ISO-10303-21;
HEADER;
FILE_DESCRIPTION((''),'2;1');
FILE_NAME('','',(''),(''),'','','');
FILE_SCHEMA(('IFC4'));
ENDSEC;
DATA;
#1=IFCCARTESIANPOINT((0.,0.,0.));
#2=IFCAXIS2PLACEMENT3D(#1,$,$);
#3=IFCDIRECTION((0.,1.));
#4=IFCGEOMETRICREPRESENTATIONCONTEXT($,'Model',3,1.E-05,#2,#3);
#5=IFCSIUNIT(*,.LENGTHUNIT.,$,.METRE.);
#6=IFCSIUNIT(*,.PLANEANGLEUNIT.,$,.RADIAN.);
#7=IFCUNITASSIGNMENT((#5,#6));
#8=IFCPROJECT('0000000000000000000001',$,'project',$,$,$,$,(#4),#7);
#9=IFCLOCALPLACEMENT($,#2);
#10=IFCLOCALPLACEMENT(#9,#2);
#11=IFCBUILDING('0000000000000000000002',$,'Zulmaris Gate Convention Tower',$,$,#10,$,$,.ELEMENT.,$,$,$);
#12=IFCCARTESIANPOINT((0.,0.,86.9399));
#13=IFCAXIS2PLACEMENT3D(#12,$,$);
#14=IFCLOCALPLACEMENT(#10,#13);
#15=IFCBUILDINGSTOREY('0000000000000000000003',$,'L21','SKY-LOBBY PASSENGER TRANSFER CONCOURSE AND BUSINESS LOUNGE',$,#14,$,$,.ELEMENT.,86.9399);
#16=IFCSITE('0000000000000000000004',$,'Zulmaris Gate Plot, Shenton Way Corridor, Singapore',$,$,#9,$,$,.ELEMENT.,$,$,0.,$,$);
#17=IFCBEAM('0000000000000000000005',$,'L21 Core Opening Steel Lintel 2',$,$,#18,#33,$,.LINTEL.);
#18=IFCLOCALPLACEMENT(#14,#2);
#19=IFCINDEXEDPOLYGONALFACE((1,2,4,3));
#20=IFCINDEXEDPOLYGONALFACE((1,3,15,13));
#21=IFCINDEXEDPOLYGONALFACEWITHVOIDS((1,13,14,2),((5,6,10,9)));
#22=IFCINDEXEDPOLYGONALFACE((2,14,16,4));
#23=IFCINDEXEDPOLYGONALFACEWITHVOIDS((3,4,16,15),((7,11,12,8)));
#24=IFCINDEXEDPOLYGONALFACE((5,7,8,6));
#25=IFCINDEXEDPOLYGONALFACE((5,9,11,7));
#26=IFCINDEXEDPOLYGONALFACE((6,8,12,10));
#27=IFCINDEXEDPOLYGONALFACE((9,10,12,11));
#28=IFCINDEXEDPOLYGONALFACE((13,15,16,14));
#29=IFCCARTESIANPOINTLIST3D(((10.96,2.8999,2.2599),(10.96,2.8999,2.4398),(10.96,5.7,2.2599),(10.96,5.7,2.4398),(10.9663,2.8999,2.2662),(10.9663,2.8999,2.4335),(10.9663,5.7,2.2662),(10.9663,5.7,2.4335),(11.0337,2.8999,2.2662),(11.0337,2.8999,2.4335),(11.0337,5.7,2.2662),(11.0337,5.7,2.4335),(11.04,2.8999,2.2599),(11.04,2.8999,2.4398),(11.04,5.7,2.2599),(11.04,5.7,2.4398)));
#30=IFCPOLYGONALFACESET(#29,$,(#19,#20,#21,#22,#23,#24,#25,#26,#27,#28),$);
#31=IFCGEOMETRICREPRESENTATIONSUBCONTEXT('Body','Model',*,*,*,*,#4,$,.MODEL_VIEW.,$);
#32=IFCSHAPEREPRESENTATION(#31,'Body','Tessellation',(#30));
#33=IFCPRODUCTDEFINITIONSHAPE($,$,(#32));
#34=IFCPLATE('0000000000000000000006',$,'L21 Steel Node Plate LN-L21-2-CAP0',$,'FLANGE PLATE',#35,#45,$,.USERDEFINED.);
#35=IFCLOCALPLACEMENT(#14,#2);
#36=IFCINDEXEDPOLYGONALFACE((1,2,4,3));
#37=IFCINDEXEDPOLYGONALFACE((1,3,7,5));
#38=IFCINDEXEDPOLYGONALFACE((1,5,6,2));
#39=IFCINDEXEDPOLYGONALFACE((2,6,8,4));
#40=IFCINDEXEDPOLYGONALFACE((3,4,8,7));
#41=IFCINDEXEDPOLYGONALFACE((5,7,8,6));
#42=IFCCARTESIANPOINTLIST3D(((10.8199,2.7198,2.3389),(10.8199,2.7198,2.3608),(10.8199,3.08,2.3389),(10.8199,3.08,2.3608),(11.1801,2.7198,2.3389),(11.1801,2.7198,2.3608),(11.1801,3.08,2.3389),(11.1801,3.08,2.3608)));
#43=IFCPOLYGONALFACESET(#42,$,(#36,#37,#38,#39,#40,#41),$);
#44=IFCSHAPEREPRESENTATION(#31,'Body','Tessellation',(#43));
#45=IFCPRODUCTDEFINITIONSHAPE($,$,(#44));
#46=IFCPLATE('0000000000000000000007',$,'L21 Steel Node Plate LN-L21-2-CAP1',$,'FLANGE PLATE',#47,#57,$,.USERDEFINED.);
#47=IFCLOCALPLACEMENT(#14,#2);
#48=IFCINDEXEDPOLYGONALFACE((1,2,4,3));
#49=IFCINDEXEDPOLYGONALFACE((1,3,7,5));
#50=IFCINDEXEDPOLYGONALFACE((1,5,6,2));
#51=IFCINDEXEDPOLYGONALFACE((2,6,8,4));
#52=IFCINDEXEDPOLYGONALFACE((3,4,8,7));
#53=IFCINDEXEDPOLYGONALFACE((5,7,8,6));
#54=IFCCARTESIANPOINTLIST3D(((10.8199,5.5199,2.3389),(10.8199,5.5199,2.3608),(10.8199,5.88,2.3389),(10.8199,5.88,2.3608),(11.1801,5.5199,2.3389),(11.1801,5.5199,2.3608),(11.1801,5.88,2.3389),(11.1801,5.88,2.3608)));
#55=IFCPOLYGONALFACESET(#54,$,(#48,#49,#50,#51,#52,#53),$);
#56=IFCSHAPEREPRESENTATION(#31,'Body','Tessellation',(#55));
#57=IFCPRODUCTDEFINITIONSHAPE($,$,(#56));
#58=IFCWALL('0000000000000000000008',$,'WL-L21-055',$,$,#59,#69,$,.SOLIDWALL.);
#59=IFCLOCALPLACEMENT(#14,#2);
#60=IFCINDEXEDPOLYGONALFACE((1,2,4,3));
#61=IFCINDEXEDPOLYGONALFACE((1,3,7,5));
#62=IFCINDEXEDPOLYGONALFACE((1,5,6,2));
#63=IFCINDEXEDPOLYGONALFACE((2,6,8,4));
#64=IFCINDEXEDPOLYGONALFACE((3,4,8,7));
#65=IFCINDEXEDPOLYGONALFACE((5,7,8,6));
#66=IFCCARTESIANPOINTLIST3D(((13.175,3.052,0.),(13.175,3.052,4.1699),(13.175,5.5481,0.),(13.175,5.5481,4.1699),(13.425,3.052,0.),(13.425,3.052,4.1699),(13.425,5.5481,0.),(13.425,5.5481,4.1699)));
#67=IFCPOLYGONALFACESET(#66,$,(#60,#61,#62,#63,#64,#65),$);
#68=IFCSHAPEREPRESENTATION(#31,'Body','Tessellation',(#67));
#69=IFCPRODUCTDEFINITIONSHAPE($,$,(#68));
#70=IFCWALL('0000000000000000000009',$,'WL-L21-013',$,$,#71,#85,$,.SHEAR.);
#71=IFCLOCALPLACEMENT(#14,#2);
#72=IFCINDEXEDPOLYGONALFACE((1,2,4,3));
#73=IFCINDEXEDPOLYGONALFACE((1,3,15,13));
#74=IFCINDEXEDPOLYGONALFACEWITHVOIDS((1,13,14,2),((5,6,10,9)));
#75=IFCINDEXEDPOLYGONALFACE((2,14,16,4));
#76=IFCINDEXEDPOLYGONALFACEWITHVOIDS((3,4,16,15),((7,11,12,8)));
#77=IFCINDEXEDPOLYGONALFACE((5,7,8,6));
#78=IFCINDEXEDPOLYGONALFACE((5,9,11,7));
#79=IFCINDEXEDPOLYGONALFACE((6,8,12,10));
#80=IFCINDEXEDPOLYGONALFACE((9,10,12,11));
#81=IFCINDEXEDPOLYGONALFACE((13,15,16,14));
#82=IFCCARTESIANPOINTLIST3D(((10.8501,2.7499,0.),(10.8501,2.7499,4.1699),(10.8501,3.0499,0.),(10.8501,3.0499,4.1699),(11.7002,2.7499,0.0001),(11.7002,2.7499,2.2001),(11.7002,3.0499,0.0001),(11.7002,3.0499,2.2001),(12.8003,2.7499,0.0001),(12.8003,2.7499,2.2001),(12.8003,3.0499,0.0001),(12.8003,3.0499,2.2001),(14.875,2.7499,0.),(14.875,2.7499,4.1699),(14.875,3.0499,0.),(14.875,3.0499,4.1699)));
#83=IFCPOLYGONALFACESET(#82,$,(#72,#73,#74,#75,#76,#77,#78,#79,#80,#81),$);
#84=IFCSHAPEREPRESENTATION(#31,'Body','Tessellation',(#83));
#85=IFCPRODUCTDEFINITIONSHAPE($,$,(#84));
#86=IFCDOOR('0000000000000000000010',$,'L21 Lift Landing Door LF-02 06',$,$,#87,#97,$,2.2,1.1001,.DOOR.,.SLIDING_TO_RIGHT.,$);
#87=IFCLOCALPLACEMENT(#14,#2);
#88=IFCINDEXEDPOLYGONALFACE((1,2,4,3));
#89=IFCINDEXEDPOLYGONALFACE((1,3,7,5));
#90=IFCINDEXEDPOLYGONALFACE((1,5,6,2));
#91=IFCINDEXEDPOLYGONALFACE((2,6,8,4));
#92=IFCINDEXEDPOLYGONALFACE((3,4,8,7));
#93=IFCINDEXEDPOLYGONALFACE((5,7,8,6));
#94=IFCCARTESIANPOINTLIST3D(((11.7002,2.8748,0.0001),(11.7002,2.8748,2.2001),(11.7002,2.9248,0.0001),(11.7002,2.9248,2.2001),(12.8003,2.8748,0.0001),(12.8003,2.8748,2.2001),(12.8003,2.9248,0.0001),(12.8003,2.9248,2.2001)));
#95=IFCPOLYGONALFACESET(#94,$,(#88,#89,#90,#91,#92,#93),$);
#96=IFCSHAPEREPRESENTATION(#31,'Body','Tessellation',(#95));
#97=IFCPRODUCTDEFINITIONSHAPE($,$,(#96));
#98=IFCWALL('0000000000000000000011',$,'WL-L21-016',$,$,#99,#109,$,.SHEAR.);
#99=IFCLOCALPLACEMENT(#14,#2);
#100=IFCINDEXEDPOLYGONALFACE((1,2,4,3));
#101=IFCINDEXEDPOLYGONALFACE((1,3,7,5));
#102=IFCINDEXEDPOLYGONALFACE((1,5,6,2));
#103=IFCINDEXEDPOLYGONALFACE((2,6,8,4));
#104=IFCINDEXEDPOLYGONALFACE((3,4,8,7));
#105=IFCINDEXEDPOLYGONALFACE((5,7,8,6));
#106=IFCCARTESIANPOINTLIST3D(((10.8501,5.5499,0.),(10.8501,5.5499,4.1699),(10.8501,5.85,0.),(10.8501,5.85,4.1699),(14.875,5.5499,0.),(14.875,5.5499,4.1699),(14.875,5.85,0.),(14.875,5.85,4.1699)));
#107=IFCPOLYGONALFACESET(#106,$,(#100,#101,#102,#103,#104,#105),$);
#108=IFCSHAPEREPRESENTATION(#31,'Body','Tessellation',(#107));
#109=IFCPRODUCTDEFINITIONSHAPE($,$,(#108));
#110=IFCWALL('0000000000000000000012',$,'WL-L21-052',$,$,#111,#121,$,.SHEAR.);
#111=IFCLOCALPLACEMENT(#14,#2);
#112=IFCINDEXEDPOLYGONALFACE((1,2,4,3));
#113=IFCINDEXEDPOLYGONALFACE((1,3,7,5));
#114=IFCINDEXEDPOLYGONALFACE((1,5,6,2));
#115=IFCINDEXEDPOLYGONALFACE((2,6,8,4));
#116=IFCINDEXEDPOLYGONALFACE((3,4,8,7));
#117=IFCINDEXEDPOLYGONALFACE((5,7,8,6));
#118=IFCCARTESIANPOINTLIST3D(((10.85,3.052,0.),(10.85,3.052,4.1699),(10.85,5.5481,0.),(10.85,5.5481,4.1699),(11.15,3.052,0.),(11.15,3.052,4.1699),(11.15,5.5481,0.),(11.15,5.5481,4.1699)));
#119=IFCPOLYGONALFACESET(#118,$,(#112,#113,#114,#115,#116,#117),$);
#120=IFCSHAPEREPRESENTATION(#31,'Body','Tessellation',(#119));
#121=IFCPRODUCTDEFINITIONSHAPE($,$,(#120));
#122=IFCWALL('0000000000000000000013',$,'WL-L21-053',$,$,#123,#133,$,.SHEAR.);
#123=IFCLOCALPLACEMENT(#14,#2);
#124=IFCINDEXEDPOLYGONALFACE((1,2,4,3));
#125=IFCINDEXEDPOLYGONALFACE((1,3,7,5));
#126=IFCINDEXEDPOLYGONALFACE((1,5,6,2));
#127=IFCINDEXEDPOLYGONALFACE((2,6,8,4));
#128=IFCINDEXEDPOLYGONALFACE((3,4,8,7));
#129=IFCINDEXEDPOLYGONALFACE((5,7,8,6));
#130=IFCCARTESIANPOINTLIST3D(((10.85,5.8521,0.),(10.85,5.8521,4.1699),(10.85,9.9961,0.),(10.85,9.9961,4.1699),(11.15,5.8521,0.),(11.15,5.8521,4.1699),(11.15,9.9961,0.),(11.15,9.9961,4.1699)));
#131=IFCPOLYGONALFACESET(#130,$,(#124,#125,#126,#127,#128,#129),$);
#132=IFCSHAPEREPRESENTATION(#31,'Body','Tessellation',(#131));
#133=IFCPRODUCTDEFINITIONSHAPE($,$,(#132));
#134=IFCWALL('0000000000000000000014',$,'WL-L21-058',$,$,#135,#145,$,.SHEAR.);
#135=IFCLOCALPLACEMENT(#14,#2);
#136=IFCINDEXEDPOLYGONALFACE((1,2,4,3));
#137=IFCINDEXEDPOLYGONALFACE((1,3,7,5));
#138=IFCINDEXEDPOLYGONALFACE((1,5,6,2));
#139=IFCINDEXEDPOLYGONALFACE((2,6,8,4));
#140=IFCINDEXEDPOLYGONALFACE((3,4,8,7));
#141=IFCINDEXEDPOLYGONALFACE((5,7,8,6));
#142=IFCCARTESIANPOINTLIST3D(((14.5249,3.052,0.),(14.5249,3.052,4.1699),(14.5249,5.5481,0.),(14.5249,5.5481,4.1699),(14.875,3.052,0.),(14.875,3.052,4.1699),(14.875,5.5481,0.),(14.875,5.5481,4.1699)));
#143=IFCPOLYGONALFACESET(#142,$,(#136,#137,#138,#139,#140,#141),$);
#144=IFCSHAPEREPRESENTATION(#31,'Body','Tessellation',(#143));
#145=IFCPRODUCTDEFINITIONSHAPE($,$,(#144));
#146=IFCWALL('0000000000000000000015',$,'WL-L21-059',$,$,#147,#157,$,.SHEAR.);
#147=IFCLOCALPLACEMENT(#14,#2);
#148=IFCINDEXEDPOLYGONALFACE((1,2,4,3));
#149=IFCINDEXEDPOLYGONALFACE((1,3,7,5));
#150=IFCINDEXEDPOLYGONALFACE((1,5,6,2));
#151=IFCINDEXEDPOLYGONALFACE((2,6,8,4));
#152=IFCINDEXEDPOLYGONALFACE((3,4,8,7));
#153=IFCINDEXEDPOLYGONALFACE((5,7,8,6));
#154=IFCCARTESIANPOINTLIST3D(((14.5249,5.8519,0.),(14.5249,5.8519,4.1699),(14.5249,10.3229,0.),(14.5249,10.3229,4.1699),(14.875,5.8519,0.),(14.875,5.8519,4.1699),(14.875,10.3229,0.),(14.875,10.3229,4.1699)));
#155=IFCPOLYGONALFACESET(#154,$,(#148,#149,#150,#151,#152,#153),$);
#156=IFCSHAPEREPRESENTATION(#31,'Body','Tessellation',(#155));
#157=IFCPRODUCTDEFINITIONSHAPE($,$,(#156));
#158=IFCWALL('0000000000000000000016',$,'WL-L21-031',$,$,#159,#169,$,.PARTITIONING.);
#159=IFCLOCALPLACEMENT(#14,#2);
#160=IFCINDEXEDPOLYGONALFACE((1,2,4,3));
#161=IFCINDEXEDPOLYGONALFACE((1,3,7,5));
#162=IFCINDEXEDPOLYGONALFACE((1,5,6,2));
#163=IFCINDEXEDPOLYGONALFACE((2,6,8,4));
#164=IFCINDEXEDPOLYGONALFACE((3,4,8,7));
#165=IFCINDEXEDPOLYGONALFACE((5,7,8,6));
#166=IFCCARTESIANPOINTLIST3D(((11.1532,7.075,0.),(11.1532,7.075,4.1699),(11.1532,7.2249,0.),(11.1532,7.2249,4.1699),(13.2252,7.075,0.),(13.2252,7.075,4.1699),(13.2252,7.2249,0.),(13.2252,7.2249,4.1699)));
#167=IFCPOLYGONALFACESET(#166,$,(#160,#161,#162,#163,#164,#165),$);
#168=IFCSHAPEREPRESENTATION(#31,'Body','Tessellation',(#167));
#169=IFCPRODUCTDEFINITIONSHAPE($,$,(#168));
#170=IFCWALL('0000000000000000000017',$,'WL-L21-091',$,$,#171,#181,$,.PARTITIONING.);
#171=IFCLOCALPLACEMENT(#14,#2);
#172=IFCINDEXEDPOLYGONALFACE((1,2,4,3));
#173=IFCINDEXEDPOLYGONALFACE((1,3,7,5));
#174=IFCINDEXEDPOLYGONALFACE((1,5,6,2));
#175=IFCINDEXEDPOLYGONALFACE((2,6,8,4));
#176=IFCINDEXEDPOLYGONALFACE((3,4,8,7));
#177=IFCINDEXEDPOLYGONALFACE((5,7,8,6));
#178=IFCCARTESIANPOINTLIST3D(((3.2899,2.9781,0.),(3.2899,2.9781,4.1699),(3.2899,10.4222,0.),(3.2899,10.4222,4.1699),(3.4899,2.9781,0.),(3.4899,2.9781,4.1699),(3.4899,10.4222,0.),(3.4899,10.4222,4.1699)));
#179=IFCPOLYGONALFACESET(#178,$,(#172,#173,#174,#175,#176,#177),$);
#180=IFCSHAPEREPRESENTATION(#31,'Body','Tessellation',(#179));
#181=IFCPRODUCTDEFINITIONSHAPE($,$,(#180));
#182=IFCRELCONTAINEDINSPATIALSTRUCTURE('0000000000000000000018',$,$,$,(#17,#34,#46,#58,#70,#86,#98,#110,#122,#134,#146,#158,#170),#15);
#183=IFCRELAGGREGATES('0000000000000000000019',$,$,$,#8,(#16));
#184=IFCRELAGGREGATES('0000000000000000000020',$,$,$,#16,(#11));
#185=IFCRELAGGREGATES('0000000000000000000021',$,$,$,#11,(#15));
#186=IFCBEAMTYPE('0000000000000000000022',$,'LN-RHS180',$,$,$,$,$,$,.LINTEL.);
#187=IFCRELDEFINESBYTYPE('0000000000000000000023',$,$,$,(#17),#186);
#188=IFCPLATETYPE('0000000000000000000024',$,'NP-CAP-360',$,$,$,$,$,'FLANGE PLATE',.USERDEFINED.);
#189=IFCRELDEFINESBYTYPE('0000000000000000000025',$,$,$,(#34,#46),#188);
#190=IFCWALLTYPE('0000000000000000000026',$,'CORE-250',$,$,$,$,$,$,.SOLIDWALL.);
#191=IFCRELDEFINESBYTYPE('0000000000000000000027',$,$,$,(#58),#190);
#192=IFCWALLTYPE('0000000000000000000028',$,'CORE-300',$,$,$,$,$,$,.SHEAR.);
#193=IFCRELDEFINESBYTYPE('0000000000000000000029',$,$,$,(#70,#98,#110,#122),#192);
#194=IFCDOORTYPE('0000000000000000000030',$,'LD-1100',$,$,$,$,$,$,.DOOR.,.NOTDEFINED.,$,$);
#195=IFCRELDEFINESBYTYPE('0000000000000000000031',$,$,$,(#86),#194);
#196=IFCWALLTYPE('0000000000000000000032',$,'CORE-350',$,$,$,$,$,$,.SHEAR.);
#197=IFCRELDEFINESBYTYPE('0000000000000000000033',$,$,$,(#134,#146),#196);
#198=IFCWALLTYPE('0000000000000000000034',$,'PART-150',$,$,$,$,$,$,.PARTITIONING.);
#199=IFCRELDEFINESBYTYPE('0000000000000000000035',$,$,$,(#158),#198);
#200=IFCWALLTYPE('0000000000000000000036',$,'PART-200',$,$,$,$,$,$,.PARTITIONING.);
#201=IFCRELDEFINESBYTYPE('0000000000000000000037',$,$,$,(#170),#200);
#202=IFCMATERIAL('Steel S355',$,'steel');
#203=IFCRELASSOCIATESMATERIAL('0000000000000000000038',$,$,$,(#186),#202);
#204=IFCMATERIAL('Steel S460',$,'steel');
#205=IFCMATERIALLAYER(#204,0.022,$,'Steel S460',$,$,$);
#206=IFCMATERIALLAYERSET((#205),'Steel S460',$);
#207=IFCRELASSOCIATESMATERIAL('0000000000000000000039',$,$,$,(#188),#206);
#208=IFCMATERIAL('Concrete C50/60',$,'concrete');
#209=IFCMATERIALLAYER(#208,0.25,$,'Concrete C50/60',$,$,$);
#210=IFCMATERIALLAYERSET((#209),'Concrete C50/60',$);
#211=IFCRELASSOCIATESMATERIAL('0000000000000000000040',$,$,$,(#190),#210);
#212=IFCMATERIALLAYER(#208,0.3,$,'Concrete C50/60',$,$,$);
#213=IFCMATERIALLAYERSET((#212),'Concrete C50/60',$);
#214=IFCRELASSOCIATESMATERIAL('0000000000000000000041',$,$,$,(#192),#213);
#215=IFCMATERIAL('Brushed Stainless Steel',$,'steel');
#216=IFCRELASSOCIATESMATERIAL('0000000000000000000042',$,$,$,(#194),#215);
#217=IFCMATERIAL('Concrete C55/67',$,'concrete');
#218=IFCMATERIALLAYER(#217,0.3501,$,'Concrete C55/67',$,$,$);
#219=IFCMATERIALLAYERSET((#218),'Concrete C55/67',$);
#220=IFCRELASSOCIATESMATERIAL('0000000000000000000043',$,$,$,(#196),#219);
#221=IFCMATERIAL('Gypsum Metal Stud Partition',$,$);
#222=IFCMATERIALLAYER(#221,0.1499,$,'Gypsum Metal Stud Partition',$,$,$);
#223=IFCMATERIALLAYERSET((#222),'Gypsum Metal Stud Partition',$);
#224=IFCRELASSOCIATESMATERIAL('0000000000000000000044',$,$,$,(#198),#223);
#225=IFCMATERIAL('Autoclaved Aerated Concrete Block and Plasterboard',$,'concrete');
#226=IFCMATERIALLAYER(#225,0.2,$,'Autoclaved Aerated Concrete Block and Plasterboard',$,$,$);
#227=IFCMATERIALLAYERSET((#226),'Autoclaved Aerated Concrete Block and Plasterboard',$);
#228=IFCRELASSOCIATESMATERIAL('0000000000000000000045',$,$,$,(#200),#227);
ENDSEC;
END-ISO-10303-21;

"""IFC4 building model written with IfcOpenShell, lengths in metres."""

from ifc_helpers import new_model, si_unit, direction, frame, frame_2d, origin, origin_2d, place, context, subcontext, project, spatial, rectangle, hollow_rectangle, extrude, material, layer, layer_set, material_profile, profile_set, type_object, element, fill, save


model = new_model("IFC4")

# Units and contexts
model_context = context("Model", 3, precision=1e-05, world=origin(), true_north=direction((0.0, 1.0)))
body_context = subcontext(model_context, "Body", "Model", "MODEL_VIEW")
ifc_project = project(units=[si_unit("LENGTHUNIT", "METRE"), si_unit("PLANEANGLEUNIT", "RADIAN")], contexts=[model_context])

# Site, building, storey
site_placement = place(None, origin())
site = spatial("IfcSite", under=ifc_project, at=site_placement, Name="Zulmaris Gate Plot, Shenton Way Corridor, Singapore", CompositionType="ELEMENT", RefElevation=0.0)
building_placement = place(site_placement, origin())
building = spatial("IfcBuilding", under=site, at=building_placement, Name="Zulmaris Gate Convention Tower", CompositionType="ELEMENT")
storey_placement = place(building_placement, frame((0.0, 0.0, 86.9399)))
storey = spatial("IfcBuildingStorey", under=building, at=storey_placement, Name="L21", Description="SKY-LOBBY PASSENGER TRANSFER CONCOURSE AND BUSINESS LOUNGE", CompositionType="ELEMENT", Elevation=86.9399)

# Beam
ifc_material_1 = material(Name="Steel S355", Category="steel")
ifc_material_profile = material_profile(ifc_material_1, hollow_rectangle(XDim=0.0801, YDim=0.1799, WallThickness=0.0063, at=origin_2d()), Name="RHS 180x80x6.3")
ifc_profile_set = profile_set([ifc_material_profile], Name="Steel S355")
beam_type = type_object("IfcBeamType", Name="LN-RHS180", PredefinedType="LINTEL", material=ifc_profile_set)
beam_placement = place(storey_placement, frame((11.0, 2.8999, 2.3499), z_axis=(0.0, 1.0, 0.0), x_axis=(-1.0, 0.0, 0.0)))
element("IfcBeam", 1, at=beam_placement, inside=storey, type_object=beam_type, Name="L21 Core Opening Steel Lintel 2", PredefinedType="LINTEL", context=body_context, shape_type="SweptSolid", body=[
    extrude(hollow_rectangle(XDim=0.0801, YDim=0.1799, WallThickness=0.0063, at=origin_2d()), origin(), (0.0, 0.0, 1.0), 2.8),
])

# Plates
ifc_material_2 = material(Name="Steel S460", Category="steel")
ifc_layer_1 = layer(ifc_material_2, 0.022, Name="Steel S460")
ifc_layer_set_1 = layer_set([ifc_layer_1], Name="Steel S460")
plate_type = type_object("IfcPlateType", Name="NP-CAP-360", ElementType="FLANGE PLATE", PredefinedType="USERDEFINED", material=ifc_layer_set_1)
for number, where, z_axis, x_axis, name in (
    (2, (11.0, 2.8999, 2.3389), (0.0, 0.0, 1.0), (1.0, 0.0, 0.0), "L21 Steel Node Plate LN-L21-2-CAP0"),
    (3, (11.0, 5.7, 2.3389), (0.0, 0.0, 1.0), (1.0, 0.0, 0.0), "L21 Steel Node Plate LN-L21-2-CAP1"),
):
    element("IfcPlate", number, at=place(storey_placement, frame(where, z_axis=z_axis, x_axis=x_axis)), inside=storey, type_object=plate_type, Name=name, ObjectType="FLANGE PLATE", PredefinedType="USERDEFINED", context=body_context, shape_type="SweptSolid", body=[
        extrude(rectangle(XDim=0.3601, YDim=0.3601, at=origin_2d()), origin(), (0.0, 0.0, 1.0), 0.022),
    ])

# Wall
ifc_material_3 = material(Name="Concrete C50/60", Category="concrete")
ifc_layer_2 = layer(ifc_material_3, 0.25, Name="Concrete C50/60")
ifc_layer_set_2 = layer_set([ifc_layer_2], Name="Concrete C50/60")
wall_type_1 = type_object("IfcWallType", Name="CORE-250", PredefinedType="SOLIDWALL", material=ifc_layer_set_2)
wall_1_placement = place(storey_placement, frame((13.3, 3.052, 0.0), z_axis=(0.0, 0.0, 1.0), x_axis=(0.0, 1.0, 0.0)))
element("IfcWall", 4, at=wall_1_placement, inside=storey, type_object=wall_type_1, Name="WL-L21-055", PredefinedType="SOLIDWALL", context=body_context, shape_type="SweptSolid", body=[
    extrude(rectangle(XDim=2.4961, YDim=0.25, at=frame_2d((1.248, 0.0))), origin(), (0.0, 0.0, 1.0), 4.1699),
])

# Wall, opening, door
ifc_layer_3 = layer(ifc_material_3, 0.3, Name="Concrete C50/60")
ifc_layer_set_3 = layer_set([ifc_layer_3], Name="Concrete C50/60")
wall_type_2 = type_object("IfcWallType", Name="CORE-300", PredefinedType="SHEAR", material=ifc_layer_set_3)
wall_2_placement = place(storey_placement, frame((10.8501, 2.8999, 0.0), z_axis=(0.0, 0.0, 1.0), x_axis=(1.0, 0.0, 0.0)))
wall_2 = element("IfcWall", 5, at=wall_2_placement, inside=storey, type_object=wall_type_2, Name="WL-L21-013", PredefinedType="SHEAR", context=body_context, shape_type="SweptSolid", body=[
    extrude(rectangle(XDim=4.0249, YDim=0.3, at=frame_2d((2.0125, 0.0))), origin(), (0.0, 0.0, 1.0), 4.1699),
])
opening_1_placement = place(wall_2_placement, frame((0.8501, 0.0, 0.0)))
opening_1 = element("IfcOpeningElement", 6, at=opening_1_placement, cuts=wall_2, PredefinedType="OPENING", context=body_context, shape_type="SweptSolid", body=[
    extrude(rectangle(XDim=1.1001, YDim=2.2, at=frame_2d((0.55, 1.1001))), frame((0.0, 0.1602, 0.0), z_axis=(0.0, -1.0, 0.0), x_axis=(1.0, 0.0, 0.0)), (0.0, 0.0, 1.0), 0.3201),
])
ifc_material_4 = material(Name="Brushed Stainless Steel", Category="steel")
door_type_1 = type_object("IfcDoorType", Name="LD-1100", OperationType="NOTDEFINED", PredefinedType="DOOR", material=ifc_material_4)
door_1_placement = place(opening_1_placement, origin())
door_1 = element("IfcDoor", 7, at=door_1_placement, inside=storey, type_object=door_type_1, Name="L21 Lift Landing Door LF-02 06", OperationType="SLIDING_TO_RIGHT", OverallHeight=2.2, OverallWidth=1.1001, PredefinedType="DOOR", context=body_context, shape_type="SweptSolid", body=[
    extrude(rectangle(XDim=1.1001, YDim=2.2, at=frame_2d((0.55, 1.1001))), frame((0.0, 0.0249, 0.0), z_axis=(0.0, -1.0, 0.0), x_axis=(1.0, 0.0, 0.0)), (0.0, 0.0, 1.0), 0.05),
])
fill(opening_1, door_1)

# Walls
wall_3_placement = place(storey_placement, frame((10.8501, 5.7, 0.0), z_axis=(0.0, 0.0, 1.0), x_axis=(1.0, 0.0, 0.0)))
element("IfcWall", 8, at=wall_3_placement, inside=storey, type_object=wall_type_2, Name="WL-L21-016", PredefinedType="SHEAR", context=body_context, shape_type="SweptSolid", body=[
    extrude(rectangle(XDim=4.0249, YDim=0.3, at=frame_2d((2.0125, 0.0))), origin(), (0.0, 0.0, 1.0), 4.1699),
])
wall_4_placement = place(storey_placement, frame((11.0, 3.052, 0.0), z_axis=(0.0, 0.0, 1.0), x_axis=(0.0, 1.0, 0.0)))
element("IfcWall", 9, at=wall_4_placement, inside=storey, type_object=wall_type_2, Name="WL-L21-052", PredefinedType="SHEAR", context=body_context, shape_type="SweptSolid", body=[
    extrude(rectangle(XDim=2.4961, YDim=0.3, at=frame_2d((1.248, 0.0))), origin(), (0.0, 0.0, 1.0), 4.1699),
])
wall_5_placement = place(storey_placement, frame((11.0, 5.8521, 0.0), z_axis=(0.0, 0.0, 1.0), x_axis=(0.0, 1.0, 0.0)))
element("IfcWall", 10, at=wall_5_placement, inside=storey, type_object=wall_type_2, Name="WL-L21-053", PredefinedType="SHEAR", context=body_context, shape_type="SweptSolid", body=[
    extrude(rectangle(XDim=4.144, YDim=0.3, at=frame_2d((2.072, 0.0))), origin(), (0.0, 0.0, 1.0), 4.1699),
])
ifc_material_5 = material(Name="Concrete C55/67", Category="concrete")
ifc_layer_4 = layer(ifc_material_5, 0.3501, Name="Concrete C55/67")
ifc_layer_set_4 = layer_set([ifc_layer_4], Name="Concrete C55/67")
wall_type_3 = type_object("IfcWallType", Name="CORE-350", PredefinedType="SHEAR", material=ifc_layer_set_4)
wall_6_placement = place(storey_placement, frame((14.7, 3.052, 0.0), z_axis=(0.0, 0.0, 1.0), x_axis=(0.0, 1.0, 0.0)))
element("IfcWall", 11, at=wall_6_placement, inside=storey, type_object=wall_type_3, Name="WL-L21-058", PredefinedType="SHEAR", context=body_context, shape_type="SweptSolid", body=[
    extrude(rectangle(XDim=2.4961, YDim=0.3501, at=frame_2d((1.248, 0.0))), origin(), (0.0, 0.0, 1.0), 4.1699),
])
wall_7_placement = place(storey_placement, frame((14.7, 5.8521, 0.0), z_axis=(0.0, 0.0, 1.0), x_axis=(0.0, 1.0, 0.0)))
element("IfcWall", 12, at=wall_7_placement, inside=storey, type_object=wall_type_3, Name="WL-L21-059", PredefinedType="SHEAR", context=body_context, shape_type="SweptSolid", body=[
    extrude(rectangle(XDim=4.4709, YDim=0.3501, at=frame_2d((2.2354, 0.0))), origin(), (0.0, 0.0, 1.0), 4.1699),
])
ifc_material_6 = material(Name="Gypsum Metal Stud Partition")
ifc_layer_5 = layer(ifc_material_6, 0.1499, Name="Gypsum Metal Stud Partition")
ifc_layer_set_5 = layer_set([ifc_layer_5], Name="Gypsum Metal Stud Partition")
wall_type_4 = type_object("IfcWallType", Name="PART-150", PredefinedType="PARTITIONING", material=ifc_layer_set_5)
wall_8_placement = place(storey_placement, frame((11.1531, 7.1499, 0.0), z_axis=(0.0, 0.0, 1.0), x_axis=(1.0, 0.0, 0.0)))
element("IfcWall", 13, at=wall_8_placement, inside=storey, type_object=wall_type_4, Name="WL-L21-031", PredefinedType="PARTITIONING", context=body_context, shape_type="SweptSolid", body=[
    extrude(rectangle(XDim=2.072, YDim=0.1499, at=frame_2d((1.0361, 0.0))), origin(), (0.0, 0.0, 1.0), 4.1699),
])

# Wall
ifc_material_7 = material(Name="Autoclaved Aerated Concrete Block and Plasterboard", Category="concrete")
ifc_layer_6 = layer(ifc_material_7, 0.2, Name="Autoclaved Aerated Concrete Block and Plasterboard")
ifc_layer_set_6 = layer_set([ifc_layer_6], Name="Autoclaved Aerated Concrete Block and Plasterboard")
wall_type_5 = type_object("IfcWallType", Name="PART-200", PredefinedType="PARTITIONING", material=ifc_layer_set_6)
wall_9_placement = place(storey_placement, frame((3.3899, 2.978, 0.0), z_axis=(0.0, 0.0, 1.0), x_axis=(0.0, 1.0, 0.0)))
element("IfcWall", 14, at=wall_9_placement, inside=storey, type_object=wall_type_5, Name="WL-L21-091", PredefinedType="PARTITIONING", context=body_context, shape_type="SweptSolid", body=[
    extrude(rectangle(XDim=7.4441, YDim=0.2, at=frame_2d((3.7222, 0.0))), origin(), (0.0, 0.0, 1.0), 4.1699),
])

save(model, "model.ifc")
